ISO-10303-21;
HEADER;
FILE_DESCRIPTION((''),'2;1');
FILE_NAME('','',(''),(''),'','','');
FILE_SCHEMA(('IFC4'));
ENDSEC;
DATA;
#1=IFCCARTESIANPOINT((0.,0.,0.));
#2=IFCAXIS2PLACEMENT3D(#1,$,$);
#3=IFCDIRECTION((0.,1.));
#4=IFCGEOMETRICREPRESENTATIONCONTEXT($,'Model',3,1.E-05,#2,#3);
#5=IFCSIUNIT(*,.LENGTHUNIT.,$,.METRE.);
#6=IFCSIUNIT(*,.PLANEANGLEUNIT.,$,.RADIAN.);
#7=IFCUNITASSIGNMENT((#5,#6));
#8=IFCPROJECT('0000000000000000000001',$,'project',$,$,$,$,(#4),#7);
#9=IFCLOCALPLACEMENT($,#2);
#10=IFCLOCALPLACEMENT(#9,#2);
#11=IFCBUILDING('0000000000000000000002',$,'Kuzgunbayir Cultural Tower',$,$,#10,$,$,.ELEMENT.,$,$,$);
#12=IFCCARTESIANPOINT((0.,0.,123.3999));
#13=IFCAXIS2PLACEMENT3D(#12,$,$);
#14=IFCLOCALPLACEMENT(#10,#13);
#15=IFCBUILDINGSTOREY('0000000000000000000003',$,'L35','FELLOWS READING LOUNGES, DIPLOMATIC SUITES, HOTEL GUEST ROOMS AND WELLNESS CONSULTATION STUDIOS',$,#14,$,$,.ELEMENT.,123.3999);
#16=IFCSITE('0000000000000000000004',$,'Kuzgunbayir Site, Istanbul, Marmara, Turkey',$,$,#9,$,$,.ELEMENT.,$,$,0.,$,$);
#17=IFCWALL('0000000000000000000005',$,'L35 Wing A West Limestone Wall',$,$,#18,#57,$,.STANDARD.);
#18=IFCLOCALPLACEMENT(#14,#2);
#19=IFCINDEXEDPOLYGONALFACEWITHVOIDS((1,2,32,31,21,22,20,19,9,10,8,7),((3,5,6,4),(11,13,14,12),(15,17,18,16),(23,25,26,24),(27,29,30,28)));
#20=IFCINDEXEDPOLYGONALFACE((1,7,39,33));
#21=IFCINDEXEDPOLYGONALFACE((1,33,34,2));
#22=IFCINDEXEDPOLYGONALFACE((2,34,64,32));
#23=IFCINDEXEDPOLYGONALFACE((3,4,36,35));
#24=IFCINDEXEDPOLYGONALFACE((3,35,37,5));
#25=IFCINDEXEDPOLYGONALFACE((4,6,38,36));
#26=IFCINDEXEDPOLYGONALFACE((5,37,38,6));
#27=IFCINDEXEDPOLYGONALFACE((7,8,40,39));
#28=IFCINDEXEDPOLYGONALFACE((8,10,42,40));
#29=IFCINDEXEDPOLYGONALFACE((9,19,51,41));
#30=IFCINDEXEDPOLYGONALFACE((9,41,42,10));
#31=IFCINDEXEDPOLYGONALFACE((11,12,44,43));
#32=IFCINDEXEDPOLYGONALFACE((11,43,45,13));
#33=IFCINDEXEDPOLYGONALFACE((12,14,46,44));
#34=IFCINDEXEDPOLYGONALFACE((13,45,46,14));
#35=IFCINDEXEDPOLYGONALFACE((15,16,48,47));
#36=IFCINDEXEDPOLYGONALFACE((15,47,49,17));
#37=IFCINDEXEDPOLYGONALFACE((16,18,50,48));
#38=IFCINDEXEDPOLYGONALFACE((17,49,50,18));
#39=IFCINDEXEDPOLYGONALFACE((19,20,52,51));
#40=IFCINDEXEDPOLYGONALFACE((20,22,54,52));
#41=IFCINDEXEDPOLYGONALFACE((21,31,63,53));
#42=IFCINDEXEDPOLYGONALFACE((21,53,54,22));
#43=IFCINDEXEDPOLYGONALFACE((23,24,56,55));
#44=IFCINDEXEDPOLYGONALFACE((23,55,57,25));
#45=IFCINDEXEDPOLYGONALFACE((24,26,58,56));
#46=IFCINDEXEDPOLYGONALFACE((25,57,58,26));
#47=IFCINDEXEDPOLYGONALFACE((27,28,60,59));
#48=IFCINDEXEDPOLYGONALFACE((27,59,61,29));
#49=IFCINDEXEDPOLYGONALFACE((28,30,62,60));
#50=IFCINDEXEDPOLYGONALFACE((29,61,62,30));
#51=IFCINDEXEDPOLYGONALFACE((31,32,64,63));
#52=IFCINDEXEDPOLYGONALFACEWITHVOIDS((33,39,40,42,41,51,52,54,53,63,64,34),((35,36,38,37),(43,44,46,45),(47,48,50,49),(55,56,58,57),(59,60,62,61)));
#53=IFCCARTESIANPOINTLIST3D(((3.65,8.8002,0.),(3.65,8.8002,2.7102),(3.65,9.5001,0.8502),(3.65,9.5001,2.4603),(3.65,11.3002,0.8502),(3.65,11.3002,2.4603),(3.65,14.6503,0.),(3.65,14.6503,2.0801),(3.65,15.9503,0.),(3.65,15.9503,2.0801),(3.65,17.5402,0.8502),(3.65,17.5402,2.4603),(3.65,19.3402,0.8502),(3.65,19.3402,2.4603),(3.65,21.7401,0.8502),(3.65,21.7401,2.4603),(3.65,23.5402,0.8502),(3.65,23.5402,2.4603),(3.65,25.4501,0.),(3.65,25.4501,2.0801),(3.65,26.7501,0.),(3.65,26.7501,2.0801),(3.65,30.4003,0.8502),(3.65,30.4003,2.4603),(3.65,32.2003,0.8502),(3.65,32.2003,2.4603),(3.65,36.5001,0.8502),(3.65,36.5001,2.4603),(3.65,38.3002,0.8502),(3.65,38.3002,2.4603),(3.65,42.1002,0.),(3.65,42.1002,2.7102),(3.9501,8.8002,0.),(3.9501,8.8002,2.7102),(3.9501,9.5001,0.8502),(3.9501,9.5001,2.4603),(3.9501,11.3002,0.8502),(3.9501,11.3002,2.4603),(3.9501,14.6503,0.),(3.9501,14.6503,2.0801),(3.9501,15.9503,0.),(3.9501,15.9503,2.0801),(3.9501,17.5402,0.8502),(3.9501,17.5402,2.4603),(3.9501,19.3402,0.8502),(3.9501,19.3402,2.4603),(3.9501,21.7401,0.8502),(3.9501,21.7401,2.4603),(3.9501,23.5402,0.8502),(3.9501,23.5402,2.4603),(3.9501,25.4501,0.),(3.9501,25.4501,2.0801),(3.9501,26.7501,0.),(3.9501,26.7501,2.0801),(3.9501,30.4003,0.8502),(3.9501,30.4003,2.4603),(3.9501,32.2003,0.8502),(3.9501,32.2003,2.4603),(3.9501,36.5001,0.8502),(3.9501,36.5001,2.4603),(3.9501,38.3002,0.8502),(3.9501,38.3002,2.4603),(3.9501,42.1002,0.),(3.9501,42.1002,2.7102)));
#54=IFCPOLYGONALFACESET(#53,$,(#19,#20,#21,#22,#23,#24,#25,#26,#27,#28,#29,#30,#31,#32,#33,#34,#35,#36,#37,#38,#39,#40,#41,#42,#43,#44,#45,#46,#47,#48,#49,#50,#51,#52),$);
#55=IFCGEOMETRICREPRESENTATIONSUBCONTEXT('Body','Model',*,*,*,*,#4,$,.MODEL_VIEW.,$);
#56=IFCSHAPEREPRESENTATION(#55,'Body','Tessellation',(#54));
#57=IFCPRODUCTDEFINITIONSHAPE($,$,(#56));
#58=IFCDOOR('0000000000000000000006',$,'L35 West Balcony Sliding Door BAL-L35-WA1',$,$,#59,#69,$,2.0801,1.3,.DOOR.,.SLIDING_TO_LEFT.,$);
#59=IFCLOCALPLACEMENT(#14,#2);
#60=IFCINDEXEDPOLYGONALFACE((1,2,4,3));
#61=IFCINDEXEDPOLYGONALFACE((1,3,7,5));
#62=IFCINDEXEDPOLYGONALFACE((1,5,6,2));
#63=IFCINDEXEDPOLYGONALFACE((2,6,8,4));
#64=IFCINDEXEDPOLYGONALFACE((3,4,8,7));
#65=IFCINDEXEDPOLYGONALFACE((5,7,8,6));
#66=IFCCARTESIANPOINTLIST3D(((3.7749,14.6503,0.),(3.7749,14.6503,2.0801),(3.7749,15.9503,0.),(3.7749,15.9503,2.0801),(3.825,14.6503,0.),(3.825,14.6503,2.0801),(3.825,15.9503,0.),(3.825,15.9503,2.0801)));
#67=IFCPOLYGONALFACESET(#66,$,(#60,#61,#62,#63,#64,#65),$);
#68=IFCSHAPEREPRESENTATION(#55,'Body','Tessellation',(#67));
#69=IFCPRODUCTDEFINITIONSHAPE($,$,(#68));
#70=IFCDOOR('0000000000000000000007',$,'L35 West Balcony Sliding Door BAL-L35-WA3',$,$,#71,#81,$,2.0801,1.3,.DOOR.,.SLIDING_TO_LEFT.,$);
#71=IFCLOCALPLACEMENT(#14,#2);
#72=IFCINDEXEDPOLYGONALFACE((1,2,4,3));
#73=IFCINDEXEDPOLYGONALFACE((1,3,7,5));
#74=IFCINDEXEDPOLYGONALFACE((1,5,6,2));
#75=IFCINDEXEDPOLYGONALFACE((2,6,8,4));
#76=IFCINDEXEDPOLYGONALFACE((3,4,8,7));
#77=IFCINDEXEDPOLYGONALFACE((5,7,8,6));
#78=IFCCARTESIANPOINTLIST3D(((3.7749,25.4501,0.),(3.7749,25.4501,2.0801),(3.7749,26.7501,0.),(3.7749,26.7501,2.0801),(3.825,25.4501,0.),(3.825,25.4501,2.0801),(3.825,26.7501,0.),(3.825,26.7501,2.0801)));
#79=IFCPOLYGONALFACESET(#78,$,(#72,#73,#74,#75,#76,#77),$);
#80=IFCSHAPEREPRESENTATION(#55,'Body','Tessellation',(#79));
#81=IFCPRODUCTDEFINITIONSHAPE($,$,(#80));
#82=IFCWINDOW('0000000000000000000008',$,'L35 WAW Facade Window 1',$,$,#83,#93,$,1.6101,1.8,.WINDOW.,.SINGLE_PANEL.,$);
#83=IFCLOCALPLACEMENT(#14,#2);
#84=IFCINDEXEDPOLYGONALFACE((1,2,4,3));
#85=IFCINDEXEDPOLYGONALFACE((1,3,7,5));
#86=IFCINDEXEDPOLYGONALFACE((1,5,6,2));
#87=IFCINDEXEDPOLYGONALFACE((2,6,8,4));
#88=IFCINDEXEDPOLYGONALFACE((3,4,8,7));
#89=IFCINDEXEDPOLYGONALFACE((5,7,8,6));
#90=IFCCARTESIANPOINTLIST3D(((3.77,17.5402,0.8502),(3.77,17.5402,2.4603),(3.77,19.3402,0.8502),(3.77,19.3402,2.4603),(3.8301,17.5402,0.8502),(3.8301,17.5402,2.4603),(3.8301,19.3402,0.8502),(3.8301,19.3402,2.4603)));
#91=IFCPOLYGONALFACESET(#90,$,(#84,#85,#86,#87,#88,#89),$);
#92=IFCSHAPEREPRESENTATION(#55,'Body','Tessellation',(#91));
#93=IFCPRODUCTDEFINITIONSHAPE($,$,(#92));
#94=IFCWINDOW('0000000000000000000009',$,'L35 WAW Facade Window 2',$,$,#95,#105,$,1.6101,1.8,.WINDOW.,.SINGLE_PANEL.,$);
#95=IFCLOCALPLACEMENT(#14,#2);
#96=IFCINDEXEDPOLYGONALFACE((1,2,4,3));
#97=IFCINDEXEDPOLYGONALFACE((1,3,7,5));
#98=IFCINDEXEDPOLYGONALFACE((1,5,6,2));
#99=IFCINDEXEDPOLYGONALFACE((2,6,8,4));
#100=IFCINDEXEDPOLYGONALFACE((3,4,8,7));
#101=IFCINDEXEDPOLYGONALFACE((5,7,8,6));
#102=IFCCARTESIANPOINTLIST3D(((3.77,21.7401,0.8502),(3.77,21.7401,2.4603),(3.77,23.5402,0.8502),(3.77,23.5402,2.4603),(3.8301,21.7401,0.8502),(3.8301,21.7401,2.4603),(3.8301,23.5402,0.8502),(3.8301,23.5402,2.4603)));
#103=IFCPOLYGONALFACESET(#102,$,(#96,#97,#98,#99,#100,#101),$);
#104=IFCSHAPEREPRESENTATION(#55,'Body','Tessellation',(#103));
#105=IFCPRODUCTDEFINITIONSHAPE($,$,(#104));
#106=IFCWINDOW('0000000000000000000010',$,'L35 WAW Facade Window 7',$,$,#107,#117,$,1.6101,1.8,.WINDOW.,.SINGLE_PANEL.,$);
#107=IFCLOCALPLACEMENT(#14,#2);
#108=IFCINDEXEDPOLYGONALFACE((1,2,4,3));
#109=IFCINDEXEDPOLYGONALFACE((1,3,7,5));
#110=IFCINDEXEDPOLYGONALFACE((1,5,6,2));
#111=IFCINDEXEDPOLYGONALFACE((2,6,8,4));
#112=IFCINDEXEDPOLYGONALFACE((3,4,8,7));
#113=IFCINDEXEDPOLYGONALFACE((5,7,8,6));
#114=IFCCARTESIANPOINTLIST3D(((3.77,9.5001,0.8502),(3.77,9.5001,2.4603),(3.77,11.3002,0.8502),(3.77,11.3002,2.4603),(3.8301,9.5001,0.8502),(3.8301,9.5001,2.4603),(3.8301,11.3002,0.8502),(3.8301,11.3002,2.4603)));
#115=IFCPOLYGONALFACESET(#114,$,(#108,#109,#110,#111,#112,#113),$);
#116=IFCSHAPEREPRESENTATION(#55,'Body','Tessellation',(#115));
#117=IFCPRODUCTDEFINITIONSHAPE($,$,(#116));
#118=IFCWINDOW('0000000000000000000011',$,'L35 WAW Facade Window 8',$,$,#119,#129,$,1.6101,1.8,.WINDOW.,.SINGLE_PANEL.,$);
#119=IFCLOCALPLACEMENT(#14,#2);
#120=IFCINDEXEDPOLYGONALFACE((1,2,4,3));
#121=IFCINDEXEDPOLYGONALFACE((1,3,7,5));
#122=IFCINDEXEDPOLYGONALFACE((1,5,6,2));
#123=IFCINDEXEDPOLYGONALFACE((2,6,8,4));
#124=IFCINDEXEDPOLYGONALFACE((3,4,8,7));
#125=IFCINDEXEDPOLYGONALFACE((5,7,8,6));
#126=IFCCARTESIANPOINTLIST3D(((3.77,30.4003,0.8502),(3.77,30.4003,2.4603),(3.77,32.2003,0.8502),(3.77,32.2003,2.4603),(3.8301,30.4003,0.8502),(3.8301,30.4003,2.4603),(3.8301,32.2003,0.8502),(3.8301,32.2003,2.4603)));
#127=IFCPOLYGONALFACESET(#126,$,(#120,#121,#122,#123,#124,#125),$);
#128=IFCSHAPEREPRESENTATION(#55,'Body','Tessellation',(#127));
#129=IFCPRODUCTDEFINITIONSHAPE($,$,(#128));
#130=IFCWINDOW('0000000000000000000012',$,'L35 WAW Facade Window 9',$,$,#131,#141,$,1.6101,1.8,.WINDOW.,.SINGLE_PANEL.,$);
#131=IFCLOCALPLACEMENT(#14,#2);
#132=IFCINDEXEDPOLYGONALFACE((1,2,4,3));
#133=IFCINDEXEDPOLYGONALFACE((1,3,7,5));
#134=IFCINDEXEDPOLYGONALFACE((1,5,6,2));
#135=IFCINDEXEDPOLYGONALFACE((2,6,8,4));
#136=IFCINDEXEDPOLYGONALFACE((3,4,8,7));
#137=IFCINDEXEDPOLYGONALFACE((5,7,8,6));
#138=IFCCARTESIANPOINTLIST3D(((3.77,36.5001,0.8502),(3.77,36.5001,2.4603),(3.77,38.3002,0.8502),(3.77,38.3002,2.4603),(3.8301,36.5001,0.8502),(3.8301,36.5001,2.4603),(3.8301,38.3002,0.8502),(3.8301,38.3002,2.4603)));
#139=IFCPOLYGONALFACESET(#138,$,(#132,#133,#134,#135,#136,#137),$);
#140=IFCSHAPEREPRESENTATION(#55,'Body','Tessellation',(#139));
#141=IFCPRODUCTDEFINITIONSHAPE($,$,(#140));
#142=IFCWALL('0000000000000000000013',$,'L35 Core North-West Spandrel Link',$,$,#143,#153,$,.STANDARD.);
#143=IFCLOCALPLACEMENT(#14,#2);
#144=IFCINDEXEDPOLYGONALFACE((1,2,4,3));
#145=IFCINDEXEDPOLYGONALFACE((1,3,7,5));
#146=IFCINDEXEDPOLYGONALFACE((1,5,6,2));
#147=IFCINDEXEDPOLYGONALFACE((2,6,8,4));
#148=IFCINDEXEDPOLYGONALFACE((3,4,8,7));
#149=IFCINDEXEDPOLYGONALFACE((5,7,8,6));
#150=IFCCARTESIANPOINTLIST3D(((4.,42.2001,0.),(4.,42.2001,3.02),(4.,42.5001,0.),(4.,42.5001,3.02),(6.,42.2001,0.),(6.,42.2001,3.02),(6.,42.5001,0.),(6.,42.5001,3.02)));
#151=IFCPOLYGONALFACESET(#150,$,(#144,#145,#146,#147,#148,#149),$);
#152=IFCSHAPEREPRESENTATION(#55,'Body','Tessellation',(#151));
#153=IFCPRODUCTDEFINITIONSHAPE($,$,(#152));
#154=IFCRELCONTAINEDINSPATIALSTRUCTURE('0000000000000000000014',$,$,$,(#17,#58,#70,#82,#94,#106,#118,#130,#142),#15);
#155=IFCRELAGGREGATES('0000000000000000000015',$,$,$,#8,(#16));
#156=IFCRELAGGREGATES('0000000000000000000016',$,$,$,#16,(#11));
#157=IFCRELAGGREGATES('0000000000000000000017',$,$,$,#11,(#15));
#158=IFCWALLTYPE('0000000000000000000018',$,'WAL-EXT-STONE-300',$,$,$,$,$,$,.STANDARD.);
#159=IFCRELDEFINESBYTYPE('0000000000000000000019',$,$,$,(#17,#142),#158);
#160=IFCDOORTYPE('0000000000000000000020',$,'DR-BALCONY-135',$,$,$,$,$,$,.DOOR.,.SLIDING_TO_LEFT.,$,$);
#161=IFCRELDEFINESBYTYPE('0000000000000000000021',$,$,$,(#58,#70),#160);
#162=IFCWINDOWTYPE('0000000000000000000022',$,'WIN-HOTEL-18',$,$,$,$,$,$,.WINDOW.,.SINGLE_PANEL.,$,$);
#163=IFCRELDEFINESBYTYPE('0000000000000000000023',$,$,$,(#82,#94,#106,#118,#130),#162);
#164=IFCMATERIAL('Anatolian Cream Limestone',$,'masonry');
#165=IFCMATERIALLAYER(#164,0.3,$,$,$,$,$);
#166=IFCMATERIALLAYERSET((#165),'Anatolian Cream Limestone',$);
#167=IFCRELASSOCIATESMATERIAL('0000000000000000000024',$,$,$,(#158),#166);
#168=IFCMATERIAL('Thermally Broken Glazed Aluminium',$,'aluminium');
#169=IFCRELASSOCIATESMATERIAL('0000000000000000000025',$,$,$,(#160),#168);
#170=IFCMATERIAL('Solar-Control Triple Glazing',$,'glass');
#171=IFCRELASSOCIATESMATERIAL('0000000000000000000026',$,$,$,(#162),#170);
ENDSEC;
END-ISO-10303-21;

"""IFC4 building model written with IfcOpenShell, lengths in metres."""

from ifc_helpers import new_model, si_unit, direction, frame, frame_2d, origin, place, context, subcontext, project, spatial, rectangle, extrude, material, layer, layer_set, type_object, element, fill, save


model = new_model("IFC4")

# Units and contexts
model_context = context("Model", 3, precision=1e-05, world=origin(), true_north=direction((0.0, 1.0)))
body_context = subcontext(model_context, "Body", "Model", "MODEL_VIEW")
ifc_project = project(units=[si_unit("LENGTHUNIT", "METRE"), si_unit("PLANEANGLEUNIT", "RADIAN")], contexts=[model_context])

# Site, building, storey
site_placement = place(None, origin())
site = spatial("IfcSite", under=ifc_project, at=site_placement, Name="Kuzgunbayir Site, Istanbul, Marmara, Turkey", CompositionType="ELEMENT", RefElevation=0.0)
building_placement = place(site_placement, origin())
building = spatial("IfcBuilding", under=site, at=building_placement, Name="Kuzgunbayir Cultural Tower", CompositionType="ELEMENT")
storey_placement = place(building_placement, frame((0.0, 0.0, 123.3999)))
storey = spatial("IfcBuildingStorey", under=building, at=storey_placement, Name="L35", Description="FELLOWS READING LOUNGES, DIPLOMATIC SUITES, HOTEL GUEST ROOMS AND WELLNESS CONSULTATION STUDIOS", CompositionType="ELEMENT", Elevation=123.3999)

# Wall, openings, doors, windows
ifc_material_1 = material(Name="Anatolian Cream Limestone", Category="masonry")
ifc_layer_1 = layer(ifc_material_1, 0.3)
ifc_layer_set_1 = layer_set([ifc_layer_1], Name="Anatolian Cream Limestone")
wall_type_1 = type_object("IfcWallType", Name="WAL-EXT-STONE-300", PredefinedType="STANDARD", material=ifc_layer_set_1)
wall_1_placement = place(storey_placement, frame((3.8, 42.1001, 0.0), z_axis=(0.0, 0.0, 1.0), x_axis=(0.0, -1.0, 0.0)))
wall_1 = element("IfcWall", 1, at=wall_1_placement, inside=storey, type_object=wall_type_1, Name="L35 Wing A West Limestone Wall", PredefinedType="STANDARD", context=body_context, shape_type="SweptSolid", body=[
    extrude(rectangle(XDim=33.3, YDim=0.3, at=frame_2d((16.6499, 0.0))), origin(), (0.0, 0.0, 1.0), 2.7102),
])
opening_1_placement = place(wall_1_placement, frame((26.1499, 0.0, 0.0)))
opening_1 = element("IfcOpeningElement", 2, at=opening_1_placement, cuts=wall_1, PredefinedType="OPENING", context=body_context, shape_type="SweptSolid", body=[
    extrude(rectangle(XDim=1.3, YDim=2.0801, at=frame_2d((0.6499, 1.04))), frame((0.0, 0.1602, 0.0), z_axis=(0.0, -1.0, 0.0), x_axis=(1.0, 0.0, 0.0)), (0.0, 0.0, 1.0), 0.3201),
])
opening_2_placement = place(wall_1_placement, frame((15.3501, 0.0, 0.0)))
opening_2 = element("IfcOpeningElement", 3, at=opening_2_placement, cuts=wall_1, PredefinedType="OPENING", context=body_context, shape_type="SweptSolid", body=[
    extrude(rectangle(XDim=1.3, YDim=2.0801, at=frame_2d((0.6499, 1.04))), frame((0.0, 0.1602, 0.0), z_axis=(0.0, -1.0, 0.0), x_axis=(1.0, 0.0, 0.0)), (0.0, 0.0, 1.0), 0.3201),
])
opening_3_placement = place(wall_1_placement, frame((22.76, 0.0, 0.8501)))
opening_3 = element("IfcOpeningElement", 4, at=opening_3_placement, cuts=wall_1, PredefinedType="OPENING", context=body_context, shape_type="SweptSolid", body=[
    extrude(rectangle(XDim=1.8, YDim=1.6101, at=frame_2d((0.8999, 0.8052))), frame((0.0, 0.1602, 0.0), z_axis=(0.0, -1.0, 0.0), x_axis=(1.0, 0.0, 0.0)), (0.0, 0.0, 1.0), 0.3201),
])
opening_4_placement = place(wall_1_placement, frame((18.5601, 0.0, 0.8501)))
opening_4 = element("IfcOpeningElement", 5, at=opening_4_placement, cuts=wall_1, PredefinedType="OPENING", context=body_context, shape_type="SweptSolid", body=[
    extrude(rectangle(XDim=1.8, YDim=1.6101, at=frame_2d((0.8999, 0.8052))), frame((0.0, 0.1602, 0.0), z_axis=(0.0, -1.0, 0.0), x_axis=(1.0, 0.0, 0.0)), (0.0, 0.0, 1.0), 0.3201),
])
opening_5_placement = place(wall_1_placement, frame((30.8, 0.0, 0.8501)))
opening_5 = element("IfcOpeningElement", 6, at=opening_5_placement, cuts=wall_1, PredefinedType="OPENING", context=body_context, shape_type="SweptSolid", body=[
    extrude(rectangle(XDim=1.8, YDim=1.6101, at=frame_2d((0.8999, 0.8052))), frame((0.0, 0.1602, 0.0), z_axis=(0.0, -1.0, 0.0), x_axis=(1.0, 0.0, 0.0)), (0.0, 0.0, 1.0), 0.3201),
])
opening_6_placement = place(wall_1_placement, frame((9.8999, 0.0, 0.8501)))
opening_6 = element("IfcOpeningElement", 7, at=opening_6_placement, cuts=wall_1, PredefinedType="OPENING", context=body_context, shape_type="SweptSolid", body=[
    extrude(rectangle(XDim=1.8, YDim=1.6101, at=frame_2d((0.8999, 0.8052))), frame((0.0, 0.1602, 0.0), z_axis=(0.0, -1.0, 0.0), x_axis=(1.0, 0.0, 0.0)), (0.0, 0.0, 1.0), 0.3201),
])
opening_7_placement = place(wall_1_placement, frame((3.8, 0.0, 0.8501)))
opening_7 = element("IfcOpeningElement", 8, at=opening_7_placement, cuts=wall_1, PredefinedType="OPENING", context=body_context, shape_type="SweptSolid", body=[
    extrude(rectangle(XDim=1.8, YDim=1.6101, at=frame_2d((0.8999, 0.8052))), frame((0.0, 0.1602, 0.0), z_axis=(0.0, -1.0, 0.0), x_axis=(1.0, 0.0, 0.0)), (0.0, 0.0, 1.0), 0.3201),
])
ifc_material_2 = material(Name="Thermally Broken Glazed Aluminium", Category="aluminium")
door_type = type_object("IfcDoorType", Name="DR-BALCONY-135", OperationType="SLIDING_TO_LEFT", PredefinedType="DOOR", material=ifc_material_2)
door_1_placement = place(opening_1_placement, origin())
door_1 = element("IfcDoor", 9, at=door_1_placement, inside=storey, type_object=door_type, Name="L35 West Balcony Sliding Door BAL-L35-WA1", OperationType="SLIDING_TO_LEFT", OverallHeight=2.0801, OverallWidth=1.3, PredefinedType="DOOR", context=body_context, shape_type="SweptSolid", body=[
    extrude(rectangle(XDim=1.3, YDim=2.0801, at=frame_2d((0.6499, 1.04))), frame((0.0, 0.0249, 0.0), z_axis=(0.0, -1.0, 0.0), x_axis=(1.0, 0.0, 0.0)), (0.0, 0.0, 1.0), 0.05),
])
fill(opening_1, door_1)
door_2_placement = place(opening_2_placement, origin())
door_2 = element("IfcDoor", 10, at=door_2_placement, inside=storey, type_object=door_type, Name="L35 West Balcony Sliding Door BAL-L35-WA3", OperationType="SLIDING_TO_LEFT", OverallHeight=2.0801, OverallWidth=1.3, PredefinedType="DOOR", context=body_context, shape_type="SweptSolid", body=[
    extrude(rectangle(XDim=1.3, YDim=2.0801, at=frame_2d((0.6499, 1.04))), frame((0.0, 0.0249, 0.0), z_axis=(0.0, -1.0, 0.0), x_axis=(1.0, 0.0, 0.0)), (0.0, 0.0, 1.0), 0.05),
])
fill(opening_2, door_2)
ifc_material_3 = material(Name="Solar-Control Triple Glazing", Category="glass")
window_type = type_object("IfcWindowType", Name="WIN-HOTEL-18", PartitioningType="SINGLE_PANEL", PredefinedType="WINDOW", material=ifc_material_3)
window_1_placement = place(opening_3_placement, origin())
window_1 = element("IfcWindow", 11, at=window_1_placement, inside=storey, type_object=window_type, Name="L35 WAW Facade Window 1", OverallHeight=1.6101, OverallWidth=1.8, PartitioningType="SINGLE_PANEL", PredefinedType="WINDOW", context=body_context, shape_type="SweptSolid", body=[
    extrude(rectangle(XDim=1.8, YDim=1.6101, at=frame_2d((0.8999, 0.8052))), frame((0.0, 0.03, 0.0), z_axis=(0.0, -1.0, 0.0), x_axis=(1.0, 0.0, 0.0)), (0.0, 0.0, 1.0), 0.0601),
])
fill(opening_3, window_1)
window_2_placement = place(opening_4_placement, origin())
window_2 = element("IfcWindow", 12, at=window_2_placement, inside=storey, type_object=window_type, Name="L35 WAW Facade Window 2", OverallHeight=1.6101, OverallWidth=1.8, PartitioningType="SINGLE_PANEL", PredefinedType="WINDOW", context=body_context, shape_type="SweptSolid", body=[
    extrude(rectangle(XDim=1.8, YDim=1.6101, at=frame_2d((0.8999, 0.8052))), frame((0.0, 0.03, 0.0), z_axis=(0.0, -1.0, 0.0), x_axis=(1.0, 0.0, 0.0)), (0.0, 0.0, 1.0), 0.0601),
])
fill(opening_4, window_2)
window_3_placement = place(opening_5_placement, origin())
window_3 = element("IfcWindow", 13, at=window_3_placement, inside=storey, type_object=window_type, Name="L35 WAW Facade Window 7", OverallHeight=1.6101, OverallWidth=1.8, PartitioningType="SINGLE_PANEL", PredefinedType="WINDOW", context=body_context, shape_type="SweptSolid", body=[
    extrude(rectangle(XDim=1.8, YDim=1.6101, at=frame_2d((0.8999, 0.8052))), frame((0.0, 0.03, 0.0), z_axis=(0.0, -1.0, 0.0), x_axis=(1.0, 0.0, 0.0)), (0.0, 0.0, 1.0), 0.0601),
])
fill(opening_5, window_3)
window_4_placement = place(opening_6_placement, origin())
window_4 = element("IfcWindow", 14, at=window_4_placement, inside=storey, type_object=window_type, Name="L35 WAW Facade Window 8", OverallHeight=1.6101, OverallWidth=1.8, PartitioningType="SINGLE_PANEL", PredefinedType="WINDOW", context=body_context, shape_type="SweptSolid", body=[
    extrude(rectangle(XDim=1.8, YDim=1.6101, at=frame_2d((0.8999, 0.8052))), frame((0.0, 0.03, 0.0), z_axis=(0.0, -1.0, 0.0), x_axis=(1.0, 0.0, 0.0)), (0.0, 0.0, 1.0), 0.0601),
])
fill(opening_6, window_4)
window_5_placement = place(opening_7_placement, origin())
window_5 = element("IfcWindow", 15, at=window_5_placement, inside=storey, type_object=window_type, Name="L35 WAW Facade Window 9", OverallHeight=1.6101, OverallWidth=1.8, PartitioningType="SINGLE_PANEL", PredefinedType="WINDOW", context=body_context, shape_type="SweptSolid", body=[
    extrude(rectangle(XDim=1.8, YDim=1.6101, at=frame_2d((0.8999, 0.8052))), frame((0.0, 0.03, 0.0), z_axis=(0.0, -1.0, 0.0), x_axis=(1.0, 0.0, 0.0)), (0.0, 0.0, 1.0), 0.0601),
])
fill(opening_7, window_5)

# Wall
wall_2_placement = place(storey_placement, frame((6.0, 42.3501, 0.0), z_axis=(0.0, 0.0, 1.0), x_axis=(-1.0, 0.0, 0.0)))
element("IfcWall", 16, at=wall_2_placement, inside=storey, type_object=wall_type_1, Name="L35 Core North-West Spandrel Link", PredefinedType="STANDARD", context=body_context, shape_type="SweptSolid", body=[
    extrude(rectangle(XDim=2.0, YDim=0.3, at=frame_2d((1.0, 0.0))), origin(), (0.0, 0.0, 1.0), 3.02),
])

save(model, "model.ifc")
